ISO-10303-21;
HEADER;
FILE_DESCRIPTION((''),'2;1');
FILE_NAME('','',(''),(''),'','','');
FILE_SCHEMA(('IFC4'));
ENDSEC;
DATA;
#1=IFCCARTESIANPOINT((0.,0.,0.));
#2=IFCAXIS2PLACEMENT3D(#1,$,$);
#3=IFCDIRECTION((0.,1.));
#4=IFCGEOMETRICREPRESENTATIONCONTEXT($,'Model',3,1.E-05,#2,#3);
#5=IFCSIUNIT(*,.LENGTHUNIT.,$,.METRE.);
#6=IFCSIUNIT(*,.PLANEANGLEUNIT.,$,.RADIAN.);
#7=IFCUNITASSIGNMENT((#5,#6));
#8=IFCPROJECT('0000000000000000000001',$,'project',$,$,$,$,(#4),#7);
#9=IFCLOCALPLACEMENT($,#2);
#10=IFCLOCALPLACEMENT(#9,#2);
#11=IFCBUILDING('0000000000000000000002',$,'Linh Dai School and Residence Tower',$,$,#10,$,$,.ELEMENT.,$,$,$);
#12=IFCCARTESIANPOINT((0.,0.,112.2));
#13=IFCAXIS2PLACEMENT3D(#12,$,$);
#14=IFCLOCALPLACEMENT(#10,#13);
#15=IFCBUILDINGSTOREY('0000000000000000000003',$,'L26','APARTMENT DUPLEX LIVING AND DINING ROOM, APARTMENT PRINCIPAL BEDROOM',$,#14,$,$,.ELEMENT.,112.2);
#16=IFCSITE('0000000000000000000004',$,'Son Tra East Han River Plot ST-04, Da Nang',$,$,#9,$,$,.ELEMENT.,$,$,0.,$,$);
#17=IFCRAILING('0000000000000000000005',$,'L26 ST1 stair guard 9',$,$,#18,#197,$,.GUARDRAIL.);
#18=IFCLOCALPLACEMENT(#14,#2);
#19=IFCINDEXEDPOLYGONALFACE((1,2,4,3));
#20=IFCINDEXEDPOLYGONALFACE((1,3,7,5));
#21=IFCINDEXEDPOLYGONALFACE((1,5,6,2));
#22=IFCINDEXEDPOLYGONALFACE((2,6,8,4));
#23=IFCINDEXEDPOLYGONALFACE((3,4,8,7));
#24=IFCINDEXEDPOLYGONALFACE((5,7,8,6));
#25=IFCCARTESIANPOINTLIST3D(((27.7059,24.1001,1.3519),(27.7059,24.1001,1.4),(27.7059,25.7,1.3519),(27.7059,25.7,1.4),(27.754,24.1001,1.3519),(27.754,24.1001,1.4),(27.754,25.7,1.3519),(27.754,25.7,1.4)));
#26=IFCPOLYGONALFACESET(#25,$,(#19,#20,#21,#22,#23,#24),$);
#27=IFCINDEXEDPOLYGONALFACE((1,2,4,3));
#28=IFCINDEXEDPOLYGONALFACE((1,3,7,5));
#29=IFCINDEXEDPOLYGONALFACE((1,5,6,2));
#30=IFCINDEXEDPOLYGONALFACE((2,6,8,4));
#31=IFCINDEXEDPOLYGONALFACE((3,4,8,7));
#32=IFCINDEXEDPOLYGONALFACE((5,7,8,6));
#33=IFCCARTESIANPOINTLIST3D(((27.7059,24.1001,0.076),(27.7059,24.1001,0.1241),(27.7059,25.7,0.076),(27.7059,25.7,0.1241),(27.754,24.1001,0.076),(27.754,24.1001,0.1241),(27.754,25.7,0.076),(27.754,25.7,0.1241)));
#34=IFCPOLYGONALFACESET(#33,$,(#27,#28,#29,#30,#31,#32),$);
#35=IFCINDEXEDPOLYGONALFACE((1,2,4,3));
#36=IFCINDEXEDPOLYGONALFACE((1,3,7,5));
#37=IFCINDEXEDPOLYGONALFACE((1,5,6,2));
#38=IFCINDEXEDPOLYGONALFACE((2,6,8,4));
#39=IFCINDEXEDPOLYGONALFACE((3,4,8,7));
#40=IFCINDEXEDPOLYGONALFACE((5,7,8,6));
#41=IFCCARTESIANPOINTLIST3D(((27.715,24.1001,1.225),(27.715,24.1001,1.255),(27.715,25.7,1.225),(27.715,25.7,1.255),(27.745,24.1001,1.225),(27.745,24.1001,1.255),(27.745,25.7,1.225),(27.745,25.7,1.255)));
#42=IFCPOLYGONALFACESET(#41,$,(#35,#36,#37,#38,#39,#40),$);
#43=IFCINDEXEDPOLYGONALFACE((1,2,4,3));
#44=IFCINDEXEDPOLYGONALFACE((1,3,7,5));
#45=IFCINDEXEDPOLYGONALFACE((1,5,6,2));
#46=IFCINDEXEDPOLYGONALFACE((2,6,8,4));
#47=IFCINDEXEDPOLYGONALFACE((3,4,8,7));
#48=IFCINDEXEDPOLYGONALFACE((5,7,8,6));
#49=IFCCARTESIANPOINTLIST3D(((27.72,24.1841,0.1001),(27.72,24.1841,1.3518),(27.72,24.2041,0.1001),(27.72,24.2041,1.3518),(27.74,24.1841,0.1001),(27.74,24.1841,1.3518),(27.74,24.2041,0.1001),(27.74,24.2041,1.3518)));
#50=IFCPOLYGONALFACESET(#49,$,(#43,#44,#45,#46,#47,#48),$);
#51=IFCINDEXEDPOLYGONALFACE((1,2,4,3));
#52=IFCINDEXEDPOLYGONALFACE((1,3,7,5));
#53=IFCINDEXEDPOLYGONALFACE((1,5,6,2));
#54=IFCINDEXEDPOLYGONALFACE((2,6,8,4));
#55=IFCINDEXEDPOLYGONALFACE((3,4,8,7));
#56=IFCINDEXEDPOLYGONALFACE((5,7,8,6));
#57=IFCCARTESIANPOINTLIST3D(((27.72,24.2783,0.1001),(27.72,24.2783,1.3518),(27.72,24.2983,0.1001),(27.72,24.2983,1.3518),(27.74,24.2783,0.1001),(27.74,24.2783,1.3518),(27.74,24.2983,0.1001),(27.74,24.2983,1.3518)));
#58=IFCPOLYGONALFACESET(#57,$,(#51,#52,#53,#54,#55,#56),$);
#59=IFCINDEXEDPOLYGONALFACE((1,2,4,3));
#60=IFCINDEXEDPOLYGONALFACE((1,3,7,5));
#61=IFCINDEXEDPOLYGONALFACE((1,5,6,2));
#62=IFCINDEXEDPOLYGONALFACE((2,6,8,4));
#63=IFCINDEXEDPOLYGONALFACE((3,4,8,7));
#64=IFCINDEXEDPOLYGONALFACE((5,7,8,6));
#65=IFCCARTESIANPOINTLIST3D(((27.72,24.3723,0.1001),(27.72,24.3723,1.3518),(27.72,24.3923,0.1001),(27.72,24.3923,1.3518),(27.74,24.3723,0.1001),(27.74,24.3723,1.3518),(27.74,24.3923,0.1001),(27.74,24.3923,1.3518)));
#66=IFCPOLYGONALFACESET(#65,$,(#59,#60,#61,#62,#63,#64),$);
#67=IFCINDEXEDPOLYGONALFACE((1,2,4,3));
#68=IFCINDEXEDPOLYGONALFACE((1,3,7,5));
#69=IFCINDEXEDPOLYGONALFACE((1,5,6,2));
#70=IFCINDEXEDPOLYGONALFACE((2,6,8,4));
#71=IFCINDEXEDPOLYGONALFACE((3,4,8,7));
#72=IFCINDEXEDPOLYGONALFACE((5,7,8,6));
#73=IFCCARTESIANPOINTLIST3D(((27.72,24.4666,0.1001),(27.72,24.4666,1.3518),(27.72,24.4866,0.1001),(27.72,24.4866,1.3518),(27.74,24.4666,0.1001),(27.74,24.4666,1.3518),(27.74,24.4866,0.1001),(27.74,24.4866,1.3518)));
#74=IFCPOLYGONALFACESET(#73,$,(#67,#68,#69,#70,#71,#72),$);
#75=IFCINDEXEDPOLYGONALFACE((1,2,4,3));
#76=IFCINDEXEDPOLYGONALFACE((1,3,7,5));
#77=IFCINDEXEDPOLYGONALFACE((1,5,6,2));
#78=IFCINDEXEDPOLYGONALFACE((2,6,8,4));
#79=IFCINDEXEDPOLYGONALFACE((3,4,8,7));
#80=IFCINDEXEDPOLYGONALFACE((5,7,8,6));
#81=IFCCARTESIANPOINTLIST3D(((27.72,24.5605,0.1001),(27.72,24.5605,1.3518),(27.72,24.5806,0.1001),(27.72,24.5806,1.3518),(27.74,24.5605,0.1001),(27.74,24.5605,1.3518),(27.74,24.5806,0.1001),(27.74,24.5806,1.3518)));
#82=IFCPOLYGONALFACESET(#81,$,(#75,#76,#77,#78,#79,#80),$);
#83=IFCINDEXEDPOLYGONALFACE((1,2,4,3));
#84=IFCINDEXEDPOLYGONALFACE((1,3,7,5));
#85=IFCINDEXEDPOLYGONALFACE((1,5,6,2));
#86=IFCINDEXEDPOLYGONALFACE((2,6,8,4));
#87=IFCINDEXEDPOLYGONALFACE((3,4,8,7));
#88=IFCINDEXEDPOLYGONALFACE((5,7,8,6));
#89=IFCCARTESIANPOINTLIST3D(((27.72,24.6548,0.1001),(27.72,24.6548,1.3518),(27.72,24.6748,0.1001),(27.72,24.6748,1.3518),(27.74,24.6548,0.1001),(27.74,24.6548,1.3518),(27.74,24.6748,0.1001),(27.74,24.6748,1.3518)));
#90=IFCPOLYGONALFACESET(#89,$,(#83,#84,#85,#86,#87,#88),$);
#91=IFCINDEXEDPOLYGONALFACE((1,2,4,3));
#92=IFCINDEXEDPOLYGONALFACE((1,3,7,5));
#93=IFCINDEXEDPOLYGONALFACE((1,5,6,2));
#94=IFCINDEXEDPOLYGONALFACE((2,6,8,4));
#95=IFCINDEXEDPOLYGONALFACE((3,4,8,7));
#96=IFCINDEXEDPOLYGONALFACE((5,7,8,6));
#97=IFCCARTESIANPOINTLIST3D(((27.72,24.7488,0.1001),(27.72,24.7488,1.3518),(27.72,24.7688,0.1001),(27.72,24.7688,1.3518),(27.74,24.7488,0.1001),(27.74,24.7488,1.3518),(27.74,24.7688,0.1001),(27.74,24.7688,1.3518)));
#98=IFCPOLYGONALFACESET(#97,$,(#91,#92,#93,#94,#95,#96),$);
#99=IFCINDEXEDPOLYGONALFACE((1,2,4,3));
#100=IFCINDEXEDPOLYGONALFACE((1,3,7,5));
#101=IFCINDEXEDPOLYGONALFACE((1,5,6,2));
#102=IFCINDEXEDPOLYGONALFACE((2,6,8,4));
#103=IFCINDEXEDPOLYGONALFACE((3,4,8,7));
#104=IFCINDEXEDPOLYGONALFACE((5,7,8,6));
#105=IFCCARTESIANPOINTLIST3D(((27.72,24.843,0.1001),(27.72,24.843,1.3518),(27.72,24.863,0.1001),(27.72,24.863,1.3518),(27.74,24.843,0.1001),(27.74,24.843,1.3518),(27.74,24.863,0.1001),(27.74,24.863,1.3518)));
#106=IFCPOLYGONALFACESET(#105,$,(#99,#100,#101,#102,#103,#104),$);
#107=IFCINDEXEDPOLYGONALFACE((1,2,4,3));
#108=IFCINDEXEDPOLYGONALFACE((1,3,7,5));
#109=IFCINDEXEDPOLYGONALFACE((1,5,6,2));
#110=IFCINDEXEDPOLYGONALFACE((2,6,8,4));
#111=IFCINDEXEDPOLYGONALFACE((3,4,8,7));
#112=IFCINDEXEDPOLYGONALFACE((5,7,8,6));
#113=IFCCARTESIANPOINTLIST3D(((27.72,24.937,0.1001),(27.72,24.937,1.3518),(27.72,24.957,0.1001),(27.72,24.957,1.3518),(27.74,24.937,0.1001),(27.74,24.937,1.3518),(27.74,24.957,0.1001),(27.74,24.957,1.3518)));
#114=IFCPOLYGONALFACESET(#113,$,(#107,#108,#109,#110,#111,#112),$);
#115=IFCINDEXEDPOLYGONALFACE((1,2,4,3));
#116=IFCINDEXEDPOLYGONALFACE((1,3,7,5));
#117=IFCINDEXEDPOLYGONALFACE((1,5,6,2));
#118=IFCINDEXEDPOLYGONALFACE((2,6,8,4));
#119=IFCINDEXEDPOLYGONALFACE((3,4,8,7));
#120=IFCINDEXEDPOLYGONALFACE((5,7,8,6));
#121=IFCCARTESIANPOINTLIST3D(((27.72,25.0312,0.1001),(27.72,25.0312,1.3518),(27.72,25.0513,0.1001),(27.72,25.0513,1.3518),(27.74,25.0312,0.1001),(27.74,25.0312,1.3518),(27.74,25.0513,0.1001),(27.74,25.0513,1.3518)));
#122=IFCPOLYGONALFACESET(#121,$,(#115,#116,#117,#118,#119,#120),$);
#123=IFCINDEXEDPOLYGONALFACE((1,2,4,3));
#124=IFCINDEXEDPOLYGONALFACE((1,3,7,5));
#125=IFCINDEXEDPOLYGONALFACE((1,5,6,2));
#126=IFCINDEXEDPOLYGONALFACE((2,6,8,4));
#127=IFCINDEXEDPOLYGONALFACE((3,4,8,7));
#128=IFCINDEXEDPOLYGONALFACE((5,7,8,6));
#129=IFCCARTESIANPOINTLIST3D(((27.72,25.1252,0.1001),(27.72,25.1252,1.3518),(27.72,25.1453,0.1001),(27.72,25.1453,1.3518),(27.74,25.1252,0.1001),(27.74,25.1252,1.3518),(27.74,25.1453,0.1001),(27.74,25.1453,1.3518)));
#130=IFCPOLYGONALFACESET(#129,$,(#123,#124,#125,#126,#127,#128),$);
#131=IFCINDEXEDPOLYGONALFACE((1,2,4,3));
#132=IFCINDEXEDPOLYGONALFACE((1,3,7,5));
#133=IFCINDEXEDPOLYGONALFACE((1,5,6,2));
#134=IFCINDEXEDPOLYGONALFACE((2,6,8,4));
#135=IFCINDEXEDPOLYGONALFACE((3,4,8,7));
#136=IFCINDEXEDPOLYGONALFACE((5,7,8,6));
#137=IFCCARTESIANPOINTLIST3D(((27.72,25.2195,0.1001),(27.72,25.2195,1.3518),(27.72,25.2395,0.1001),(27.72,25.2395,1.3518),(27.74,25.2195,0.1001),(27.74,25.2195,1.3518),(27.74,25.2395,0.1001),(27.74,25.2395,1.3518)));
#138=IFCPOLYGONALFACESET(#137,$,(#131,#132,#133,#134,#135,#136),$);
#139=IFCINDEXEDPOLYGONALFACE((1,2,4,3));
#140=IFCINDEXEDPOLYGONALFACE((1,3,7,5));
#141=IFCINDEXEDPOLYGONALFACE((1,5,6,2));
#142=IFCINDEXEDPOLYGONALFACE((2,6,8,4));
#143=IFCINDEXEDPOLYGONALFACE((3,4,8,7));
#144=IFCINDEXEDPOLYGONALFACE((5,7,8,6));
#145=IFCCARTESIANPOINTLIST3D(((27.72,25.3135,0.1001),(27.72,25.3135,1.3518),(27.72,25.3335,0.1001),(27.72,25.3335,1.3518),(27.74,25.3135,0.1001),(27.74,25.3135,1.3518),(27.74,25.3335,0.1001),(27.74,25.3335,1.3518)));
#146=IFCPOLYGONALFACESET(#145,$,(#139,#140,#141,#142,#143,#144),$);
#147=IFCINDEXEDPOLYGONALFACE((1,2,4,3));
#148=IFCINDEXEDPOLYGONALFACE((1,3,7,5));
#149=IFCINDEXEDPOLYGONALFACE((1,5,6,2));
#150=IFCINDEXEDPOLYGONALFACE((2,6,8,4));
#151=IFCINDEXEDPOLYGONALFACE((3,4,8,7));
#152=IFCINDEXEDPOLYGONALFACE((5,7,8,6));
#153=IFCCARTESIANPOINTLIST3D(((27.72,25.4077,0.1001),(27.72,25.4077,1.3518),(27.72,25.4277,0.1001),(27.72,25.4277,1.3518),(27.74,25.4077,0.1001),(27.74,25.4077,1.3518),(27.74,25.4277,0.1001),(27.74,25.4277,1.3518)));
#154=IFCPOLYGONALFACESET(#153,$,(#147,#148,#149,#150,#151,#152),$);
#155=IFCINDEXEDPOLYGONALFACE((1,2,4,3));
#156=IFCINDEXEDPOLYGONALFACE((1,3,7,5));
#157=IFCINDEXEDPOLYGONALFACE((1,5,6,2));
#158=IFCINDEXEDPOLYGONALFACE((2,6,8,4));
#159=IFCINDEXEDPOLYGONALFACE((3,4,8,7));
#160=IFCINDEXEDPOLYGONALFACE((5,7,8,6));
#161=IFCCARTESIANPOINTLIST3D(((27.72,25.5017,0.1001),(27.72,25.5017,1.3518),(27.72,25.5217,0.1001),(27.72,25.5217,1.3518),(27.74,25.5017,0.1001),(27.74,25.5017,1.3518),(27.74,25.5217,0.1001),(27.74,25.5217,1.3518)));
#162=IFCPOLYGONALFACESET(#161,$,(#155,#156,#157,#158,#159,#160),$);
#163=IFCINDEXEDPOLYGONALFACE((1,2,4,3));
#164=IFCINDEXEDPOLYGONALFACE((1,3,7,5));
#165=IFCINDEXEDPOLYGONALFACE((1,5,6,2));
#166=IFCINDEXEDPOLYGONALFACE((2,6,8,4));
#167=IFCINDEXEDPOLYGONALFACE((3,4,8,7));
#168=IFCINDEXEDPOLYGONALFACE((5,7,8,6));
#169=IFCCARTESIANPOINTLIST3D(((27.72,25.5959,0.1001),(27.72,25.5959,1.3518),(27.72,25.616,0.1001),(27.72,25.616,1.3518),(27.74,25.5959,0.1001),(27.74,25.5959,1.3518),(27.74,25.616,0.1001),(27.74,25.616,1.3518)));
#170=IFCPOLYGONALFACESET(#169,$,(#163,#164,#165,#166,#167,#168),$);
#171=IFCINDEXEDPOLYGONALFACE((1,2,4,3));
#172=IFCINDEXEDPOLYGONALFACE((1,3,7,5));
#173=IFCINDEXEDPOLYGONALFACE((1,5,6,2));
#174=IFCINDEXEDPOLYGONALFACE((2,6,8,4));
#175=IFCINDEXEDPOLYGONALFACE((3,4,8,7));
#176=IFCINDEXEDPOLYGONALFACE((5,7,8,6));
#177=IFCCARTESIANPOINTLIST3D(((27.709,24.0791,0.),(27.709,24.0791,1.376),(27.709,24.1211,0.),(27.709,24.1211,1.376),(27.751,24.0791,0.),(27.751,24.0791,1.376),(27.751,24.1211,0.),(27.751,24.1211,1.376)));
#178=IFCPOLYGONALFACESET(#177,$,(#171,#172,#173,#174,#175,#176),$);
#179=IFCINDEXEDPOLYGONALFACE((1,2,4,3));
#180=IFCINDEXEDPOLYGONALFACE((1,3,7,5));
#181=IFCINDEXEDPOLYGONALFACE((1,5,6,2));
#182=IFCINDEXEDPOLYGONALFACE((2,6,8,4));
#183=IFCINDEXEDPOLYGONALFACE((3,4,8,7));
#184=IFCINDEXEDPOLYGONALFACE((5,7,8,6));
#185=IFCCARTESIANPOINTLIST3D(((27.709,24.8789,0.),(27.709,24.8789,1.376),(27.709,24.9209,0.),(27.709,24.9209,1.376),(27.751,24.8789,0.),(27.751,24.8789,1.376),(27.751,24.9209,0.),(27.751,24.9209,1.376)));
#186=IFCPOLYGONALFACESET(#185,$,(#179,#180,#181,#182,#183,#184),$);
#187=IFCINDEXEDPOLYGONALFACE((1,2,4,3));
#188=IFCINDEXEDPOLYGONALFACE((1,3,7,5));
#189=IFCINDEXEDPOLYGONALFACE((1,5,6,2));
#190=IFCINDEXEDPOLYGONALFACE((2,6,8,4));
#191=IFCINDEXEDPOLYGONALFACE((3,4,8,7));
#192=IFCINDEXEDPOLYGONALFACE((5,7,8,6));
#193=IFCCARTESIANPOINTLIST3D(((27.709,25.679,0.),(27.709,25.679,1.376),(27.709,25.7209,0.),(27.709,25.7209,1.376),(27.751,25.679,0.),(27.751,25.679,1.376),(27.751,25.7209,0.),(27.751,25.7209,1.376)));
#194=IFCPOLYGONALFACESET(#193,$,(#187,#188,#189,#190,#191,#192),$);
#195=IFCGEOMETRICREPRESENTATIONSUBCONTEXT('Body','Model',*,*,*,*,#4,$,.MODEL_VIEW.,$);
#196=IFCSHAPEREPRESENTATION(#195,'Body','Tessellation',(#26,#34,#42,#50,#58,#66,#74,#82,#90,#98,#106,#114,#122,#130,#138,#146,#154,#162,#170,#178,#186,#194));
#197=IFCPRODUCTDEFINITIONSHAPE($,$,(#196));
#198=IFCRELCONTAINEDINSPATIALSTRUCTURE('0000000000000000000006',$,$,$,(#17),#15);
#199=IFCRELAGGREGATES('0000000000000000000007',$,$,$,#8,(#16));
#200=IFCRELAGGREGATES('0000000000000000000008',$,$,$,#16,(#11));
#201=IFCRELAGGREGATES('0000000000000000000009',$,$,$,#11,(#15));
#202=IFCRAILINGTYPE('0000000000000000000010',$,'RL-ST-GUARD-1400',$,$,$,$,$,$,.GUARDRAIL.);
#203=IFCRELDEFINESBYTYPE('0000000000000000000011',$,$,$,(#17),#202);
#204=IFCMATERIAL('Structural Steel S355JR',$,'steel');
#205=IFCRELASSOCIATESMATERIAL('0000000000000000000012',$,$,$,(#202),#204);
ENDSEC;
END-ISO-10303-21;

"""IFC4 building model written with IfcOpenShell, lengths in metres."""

from ifc_helpers import new_model, si_unit, direction, frame, origin, origin_2d, place, context, subcontext, project, spatial, rectangle, extrude, source, transform, mapped, material, type_object, element, save


model = new_model("IFC4")

# Units and contexts
model_context = context("Model", 3, precision=1e-05, world=origin(), true_north=direction((0.0, 1.0)))
body_context = subcontext(model_context, "Body", "Model", "MODEL_VIEW")
ifc_project = project(units=[si_unit("LENGTHUNIT", "METRE"), si_unit("PLANEANGLEUNIT", "RADIAN")], contexts=[model_context])

# Site, building, storey
site_placement = place(None, origin())
site = spatial("IfcSite", under=ifc_project, at=site_placement, Name="Son Tra East Han River Plot ST-04, Da Nang", CompositionType="ELEMENT", RefElevation=0.0)
building_placement = place(site_placement, origin())
building = spatial("IfcBuilding", under=site, at=building_placement, Name="Linh Dai School and Residence Tower", CompositionType="ELEMENT")
storey_placement = place(building_placement, frame((0.0, 0.0, 112.2)))
storey = spatial("IfcBuildingStorey", under=building, at=storey_placement, Name="L26", Description="APARTMENT DUPLEX LIVING AND DINING ROOM, APARTMENT PRINCIPAL BEDROOM", CompositionType="ELEMENT", Elevation=112.2)

# Shared definitions
ifc_material_1 = material(Name="Structural Steel S355JR", Category="steel")

# Railing
railing_type_1 = type_object("IfcRailingType", Name="RL-ST-GUARD-1400", PredefinedType="GUARDRAIL", material=ifc_material_1)
shared_shape_1 = source(origin(), body_context, "Body", "SweptSolid", [
    extrude(rectangle(XDim=0.0481, YDim=0.0481, at=origin_2d()), frame((0.0, 0.0, 1.376), z_axis=(0.0, 1.0, 0.0), x_axis=(-1.0, 0.0, 0.0)), (0.0, 0.0, 1.0), 1.5999),
    extrude(rectangle(XDim=0.0481, YDim=0.0481, at=origin_2d()), frame((0.0, 0.0, 0.1001), z_axis=(0.0, 1.0, 0.0), x_axis=(-1.0, 0.0, 0.0)), (0.0, 0.0, 1.0), 1.5999),
    extrude(rectangle(XDim=0.03, YDim=0.03, at=origin_2d()), frame((0.0, 0.0, 1.24), z_axis=(0.0, 1.0, 0.0), x_axis=(-1.0, 0.0, 0.0)), (0.0, 0.0, 1.0), 1.5999),
    extrude(rectangle(XDim=0.02, YDim=0.02, at=origin_2d()), frame((0.0, 0.094, 0.1001)), (0.0, 0.0, 1.0), 1.2517),
    extrude(rectangle(XDim=0.02, YDim=0.02, at=origin_2d()), frame((0.0, 0.1882, 0.1001)), (0.0, 0.0, 1.0), 1.2517),
    extrude(rectangle(XDim=0.02, YDim=0.02, at=origin_2d()), frame((0.0, 0.2822, 0.1001)), (0.0, 0.0, 1.0), 1.2517),
    extrude(rectangle(XDim=0.02, YDim=0.02, at=origin_2d()), frame((0.0, 0.3765, 0.1001)), (0.0, 0.0, 1.0), 1.2517),
    extrude(rectangle(XDim=0.02, YDim=0.02, at=origin_2d()), frame((0.0, 0.4705, 0.1001)), (0.0, 0.0, 1.0), 1.2517),
    extrude(rectangle(XDim=0.02, YDim=0.02, at=origin_2d()), frame((0.0, 0.5647, 0.1001)), (0.0, 0.0, 1.0), 1.2517),
    extrude(rectangle(XDim=0.02, YDim=0.02, at=origin_2d()), frame((0.0, 0.6587, 0.1001)), (0.0, 0.0, 1.0), 1.2517),
    extrude(rectangle(XDim=0.02, YDim=0.02, at=origin_2d()), frame((0.0, 0.7529, 0.1001)), (0.0, 0.0, 1.0), 1.2517),
    extrude(rectangle(XDim=0.02, YDim=0.02, at=origin_2d()), frame((0.0, 0.8469, 0.1001)), (0.0, 0.0, 1.0), 1.2517),
    extrude(rectangle(XDim=0.02, YDim=0.02, at=origin_2d()), frame((0.0, 0.9412, 0.1001)), (0.0, 0.0, 1.0), 1.2517),
    extrude(rectangle(XDim=0.02, YDim=0.02, at=origin_2d()), frame((0.0, 1.0352, 0.1001)), (0.0, 0.0, 1.0), 1.2517),
    extrude(rectangle(XDim=0.02, YDim=0.02, at=origin_2d()), frame((0.0, 1.1294, 0.1001)), (0.0, 0.0, 1.0), 1.2517),
    extrude(rectangle(XDim=0.02, YDim=0.02, at=origin_2d()), frame((0.0, 1.2234, 0.1001)), (0.0, 0.0, 1.0), 1.2517),
    extrude(rectangle(XDim=0.02, YDim=0.02, at=origin_2d()), frame((0.0, 1.3176, 0.1001)), (0.0, 0.0, 1.0), 1.2517),
    extrude(rectangle(XDim=0.02, YDim=0.02, at=origin_2d()), frame((0.0, 1.4116, 0.1001)), (0.0, 0.0, 1.0), 1.2517),
    extrude(rectangle(XDim=0.02, YDim=0.02, at=origin_2d()), frame((0.0, 1.5059, 0.1001)), (0.0, 0.0, 1.0), 1.2517),
    extrude(rectangle(XDim=0.042, YDim=0.042, at=origin_2d()), origin(), (0.0, 0.0, 1.0), 1.376),
    extrude(rectangle(XDim=0.042, YDim=0.042, at=origin_2d()), frame((0.0, 0.7998, 0.0)), (0.0, 0.0, 1.0), 1.376),
    extrude(rectangle(XDim=0.042, YDim=0.042, at=origin_2d()), frame((0.0, 1.5999, 0.0)), (0.0, 0.0, 1.0), 1.376),
])
for number, where, name in (
    (1, (27.73, 24.1001, 0.0), "L26 ST1 stair guard 9"),
):
    element("IfcRailing", number, at=place(storey_placement, frame(where)), inside=storey, type_object=railing_type_1, Name=name, PredefinedType="GUARDRAIL", context=body_context, shape_type="MappedRepresentation", body=[
        mapped(shared_shape_1, transform((0.0, 0.0, 0.0), x_axis=(1.0, 0.0, 0.0), y_axis=(0.0, 1.0, 0.0), z_axis=(0.0, 0.0, 1.0), scale=1.0)),
    ])

save(model, "model.ifc")
